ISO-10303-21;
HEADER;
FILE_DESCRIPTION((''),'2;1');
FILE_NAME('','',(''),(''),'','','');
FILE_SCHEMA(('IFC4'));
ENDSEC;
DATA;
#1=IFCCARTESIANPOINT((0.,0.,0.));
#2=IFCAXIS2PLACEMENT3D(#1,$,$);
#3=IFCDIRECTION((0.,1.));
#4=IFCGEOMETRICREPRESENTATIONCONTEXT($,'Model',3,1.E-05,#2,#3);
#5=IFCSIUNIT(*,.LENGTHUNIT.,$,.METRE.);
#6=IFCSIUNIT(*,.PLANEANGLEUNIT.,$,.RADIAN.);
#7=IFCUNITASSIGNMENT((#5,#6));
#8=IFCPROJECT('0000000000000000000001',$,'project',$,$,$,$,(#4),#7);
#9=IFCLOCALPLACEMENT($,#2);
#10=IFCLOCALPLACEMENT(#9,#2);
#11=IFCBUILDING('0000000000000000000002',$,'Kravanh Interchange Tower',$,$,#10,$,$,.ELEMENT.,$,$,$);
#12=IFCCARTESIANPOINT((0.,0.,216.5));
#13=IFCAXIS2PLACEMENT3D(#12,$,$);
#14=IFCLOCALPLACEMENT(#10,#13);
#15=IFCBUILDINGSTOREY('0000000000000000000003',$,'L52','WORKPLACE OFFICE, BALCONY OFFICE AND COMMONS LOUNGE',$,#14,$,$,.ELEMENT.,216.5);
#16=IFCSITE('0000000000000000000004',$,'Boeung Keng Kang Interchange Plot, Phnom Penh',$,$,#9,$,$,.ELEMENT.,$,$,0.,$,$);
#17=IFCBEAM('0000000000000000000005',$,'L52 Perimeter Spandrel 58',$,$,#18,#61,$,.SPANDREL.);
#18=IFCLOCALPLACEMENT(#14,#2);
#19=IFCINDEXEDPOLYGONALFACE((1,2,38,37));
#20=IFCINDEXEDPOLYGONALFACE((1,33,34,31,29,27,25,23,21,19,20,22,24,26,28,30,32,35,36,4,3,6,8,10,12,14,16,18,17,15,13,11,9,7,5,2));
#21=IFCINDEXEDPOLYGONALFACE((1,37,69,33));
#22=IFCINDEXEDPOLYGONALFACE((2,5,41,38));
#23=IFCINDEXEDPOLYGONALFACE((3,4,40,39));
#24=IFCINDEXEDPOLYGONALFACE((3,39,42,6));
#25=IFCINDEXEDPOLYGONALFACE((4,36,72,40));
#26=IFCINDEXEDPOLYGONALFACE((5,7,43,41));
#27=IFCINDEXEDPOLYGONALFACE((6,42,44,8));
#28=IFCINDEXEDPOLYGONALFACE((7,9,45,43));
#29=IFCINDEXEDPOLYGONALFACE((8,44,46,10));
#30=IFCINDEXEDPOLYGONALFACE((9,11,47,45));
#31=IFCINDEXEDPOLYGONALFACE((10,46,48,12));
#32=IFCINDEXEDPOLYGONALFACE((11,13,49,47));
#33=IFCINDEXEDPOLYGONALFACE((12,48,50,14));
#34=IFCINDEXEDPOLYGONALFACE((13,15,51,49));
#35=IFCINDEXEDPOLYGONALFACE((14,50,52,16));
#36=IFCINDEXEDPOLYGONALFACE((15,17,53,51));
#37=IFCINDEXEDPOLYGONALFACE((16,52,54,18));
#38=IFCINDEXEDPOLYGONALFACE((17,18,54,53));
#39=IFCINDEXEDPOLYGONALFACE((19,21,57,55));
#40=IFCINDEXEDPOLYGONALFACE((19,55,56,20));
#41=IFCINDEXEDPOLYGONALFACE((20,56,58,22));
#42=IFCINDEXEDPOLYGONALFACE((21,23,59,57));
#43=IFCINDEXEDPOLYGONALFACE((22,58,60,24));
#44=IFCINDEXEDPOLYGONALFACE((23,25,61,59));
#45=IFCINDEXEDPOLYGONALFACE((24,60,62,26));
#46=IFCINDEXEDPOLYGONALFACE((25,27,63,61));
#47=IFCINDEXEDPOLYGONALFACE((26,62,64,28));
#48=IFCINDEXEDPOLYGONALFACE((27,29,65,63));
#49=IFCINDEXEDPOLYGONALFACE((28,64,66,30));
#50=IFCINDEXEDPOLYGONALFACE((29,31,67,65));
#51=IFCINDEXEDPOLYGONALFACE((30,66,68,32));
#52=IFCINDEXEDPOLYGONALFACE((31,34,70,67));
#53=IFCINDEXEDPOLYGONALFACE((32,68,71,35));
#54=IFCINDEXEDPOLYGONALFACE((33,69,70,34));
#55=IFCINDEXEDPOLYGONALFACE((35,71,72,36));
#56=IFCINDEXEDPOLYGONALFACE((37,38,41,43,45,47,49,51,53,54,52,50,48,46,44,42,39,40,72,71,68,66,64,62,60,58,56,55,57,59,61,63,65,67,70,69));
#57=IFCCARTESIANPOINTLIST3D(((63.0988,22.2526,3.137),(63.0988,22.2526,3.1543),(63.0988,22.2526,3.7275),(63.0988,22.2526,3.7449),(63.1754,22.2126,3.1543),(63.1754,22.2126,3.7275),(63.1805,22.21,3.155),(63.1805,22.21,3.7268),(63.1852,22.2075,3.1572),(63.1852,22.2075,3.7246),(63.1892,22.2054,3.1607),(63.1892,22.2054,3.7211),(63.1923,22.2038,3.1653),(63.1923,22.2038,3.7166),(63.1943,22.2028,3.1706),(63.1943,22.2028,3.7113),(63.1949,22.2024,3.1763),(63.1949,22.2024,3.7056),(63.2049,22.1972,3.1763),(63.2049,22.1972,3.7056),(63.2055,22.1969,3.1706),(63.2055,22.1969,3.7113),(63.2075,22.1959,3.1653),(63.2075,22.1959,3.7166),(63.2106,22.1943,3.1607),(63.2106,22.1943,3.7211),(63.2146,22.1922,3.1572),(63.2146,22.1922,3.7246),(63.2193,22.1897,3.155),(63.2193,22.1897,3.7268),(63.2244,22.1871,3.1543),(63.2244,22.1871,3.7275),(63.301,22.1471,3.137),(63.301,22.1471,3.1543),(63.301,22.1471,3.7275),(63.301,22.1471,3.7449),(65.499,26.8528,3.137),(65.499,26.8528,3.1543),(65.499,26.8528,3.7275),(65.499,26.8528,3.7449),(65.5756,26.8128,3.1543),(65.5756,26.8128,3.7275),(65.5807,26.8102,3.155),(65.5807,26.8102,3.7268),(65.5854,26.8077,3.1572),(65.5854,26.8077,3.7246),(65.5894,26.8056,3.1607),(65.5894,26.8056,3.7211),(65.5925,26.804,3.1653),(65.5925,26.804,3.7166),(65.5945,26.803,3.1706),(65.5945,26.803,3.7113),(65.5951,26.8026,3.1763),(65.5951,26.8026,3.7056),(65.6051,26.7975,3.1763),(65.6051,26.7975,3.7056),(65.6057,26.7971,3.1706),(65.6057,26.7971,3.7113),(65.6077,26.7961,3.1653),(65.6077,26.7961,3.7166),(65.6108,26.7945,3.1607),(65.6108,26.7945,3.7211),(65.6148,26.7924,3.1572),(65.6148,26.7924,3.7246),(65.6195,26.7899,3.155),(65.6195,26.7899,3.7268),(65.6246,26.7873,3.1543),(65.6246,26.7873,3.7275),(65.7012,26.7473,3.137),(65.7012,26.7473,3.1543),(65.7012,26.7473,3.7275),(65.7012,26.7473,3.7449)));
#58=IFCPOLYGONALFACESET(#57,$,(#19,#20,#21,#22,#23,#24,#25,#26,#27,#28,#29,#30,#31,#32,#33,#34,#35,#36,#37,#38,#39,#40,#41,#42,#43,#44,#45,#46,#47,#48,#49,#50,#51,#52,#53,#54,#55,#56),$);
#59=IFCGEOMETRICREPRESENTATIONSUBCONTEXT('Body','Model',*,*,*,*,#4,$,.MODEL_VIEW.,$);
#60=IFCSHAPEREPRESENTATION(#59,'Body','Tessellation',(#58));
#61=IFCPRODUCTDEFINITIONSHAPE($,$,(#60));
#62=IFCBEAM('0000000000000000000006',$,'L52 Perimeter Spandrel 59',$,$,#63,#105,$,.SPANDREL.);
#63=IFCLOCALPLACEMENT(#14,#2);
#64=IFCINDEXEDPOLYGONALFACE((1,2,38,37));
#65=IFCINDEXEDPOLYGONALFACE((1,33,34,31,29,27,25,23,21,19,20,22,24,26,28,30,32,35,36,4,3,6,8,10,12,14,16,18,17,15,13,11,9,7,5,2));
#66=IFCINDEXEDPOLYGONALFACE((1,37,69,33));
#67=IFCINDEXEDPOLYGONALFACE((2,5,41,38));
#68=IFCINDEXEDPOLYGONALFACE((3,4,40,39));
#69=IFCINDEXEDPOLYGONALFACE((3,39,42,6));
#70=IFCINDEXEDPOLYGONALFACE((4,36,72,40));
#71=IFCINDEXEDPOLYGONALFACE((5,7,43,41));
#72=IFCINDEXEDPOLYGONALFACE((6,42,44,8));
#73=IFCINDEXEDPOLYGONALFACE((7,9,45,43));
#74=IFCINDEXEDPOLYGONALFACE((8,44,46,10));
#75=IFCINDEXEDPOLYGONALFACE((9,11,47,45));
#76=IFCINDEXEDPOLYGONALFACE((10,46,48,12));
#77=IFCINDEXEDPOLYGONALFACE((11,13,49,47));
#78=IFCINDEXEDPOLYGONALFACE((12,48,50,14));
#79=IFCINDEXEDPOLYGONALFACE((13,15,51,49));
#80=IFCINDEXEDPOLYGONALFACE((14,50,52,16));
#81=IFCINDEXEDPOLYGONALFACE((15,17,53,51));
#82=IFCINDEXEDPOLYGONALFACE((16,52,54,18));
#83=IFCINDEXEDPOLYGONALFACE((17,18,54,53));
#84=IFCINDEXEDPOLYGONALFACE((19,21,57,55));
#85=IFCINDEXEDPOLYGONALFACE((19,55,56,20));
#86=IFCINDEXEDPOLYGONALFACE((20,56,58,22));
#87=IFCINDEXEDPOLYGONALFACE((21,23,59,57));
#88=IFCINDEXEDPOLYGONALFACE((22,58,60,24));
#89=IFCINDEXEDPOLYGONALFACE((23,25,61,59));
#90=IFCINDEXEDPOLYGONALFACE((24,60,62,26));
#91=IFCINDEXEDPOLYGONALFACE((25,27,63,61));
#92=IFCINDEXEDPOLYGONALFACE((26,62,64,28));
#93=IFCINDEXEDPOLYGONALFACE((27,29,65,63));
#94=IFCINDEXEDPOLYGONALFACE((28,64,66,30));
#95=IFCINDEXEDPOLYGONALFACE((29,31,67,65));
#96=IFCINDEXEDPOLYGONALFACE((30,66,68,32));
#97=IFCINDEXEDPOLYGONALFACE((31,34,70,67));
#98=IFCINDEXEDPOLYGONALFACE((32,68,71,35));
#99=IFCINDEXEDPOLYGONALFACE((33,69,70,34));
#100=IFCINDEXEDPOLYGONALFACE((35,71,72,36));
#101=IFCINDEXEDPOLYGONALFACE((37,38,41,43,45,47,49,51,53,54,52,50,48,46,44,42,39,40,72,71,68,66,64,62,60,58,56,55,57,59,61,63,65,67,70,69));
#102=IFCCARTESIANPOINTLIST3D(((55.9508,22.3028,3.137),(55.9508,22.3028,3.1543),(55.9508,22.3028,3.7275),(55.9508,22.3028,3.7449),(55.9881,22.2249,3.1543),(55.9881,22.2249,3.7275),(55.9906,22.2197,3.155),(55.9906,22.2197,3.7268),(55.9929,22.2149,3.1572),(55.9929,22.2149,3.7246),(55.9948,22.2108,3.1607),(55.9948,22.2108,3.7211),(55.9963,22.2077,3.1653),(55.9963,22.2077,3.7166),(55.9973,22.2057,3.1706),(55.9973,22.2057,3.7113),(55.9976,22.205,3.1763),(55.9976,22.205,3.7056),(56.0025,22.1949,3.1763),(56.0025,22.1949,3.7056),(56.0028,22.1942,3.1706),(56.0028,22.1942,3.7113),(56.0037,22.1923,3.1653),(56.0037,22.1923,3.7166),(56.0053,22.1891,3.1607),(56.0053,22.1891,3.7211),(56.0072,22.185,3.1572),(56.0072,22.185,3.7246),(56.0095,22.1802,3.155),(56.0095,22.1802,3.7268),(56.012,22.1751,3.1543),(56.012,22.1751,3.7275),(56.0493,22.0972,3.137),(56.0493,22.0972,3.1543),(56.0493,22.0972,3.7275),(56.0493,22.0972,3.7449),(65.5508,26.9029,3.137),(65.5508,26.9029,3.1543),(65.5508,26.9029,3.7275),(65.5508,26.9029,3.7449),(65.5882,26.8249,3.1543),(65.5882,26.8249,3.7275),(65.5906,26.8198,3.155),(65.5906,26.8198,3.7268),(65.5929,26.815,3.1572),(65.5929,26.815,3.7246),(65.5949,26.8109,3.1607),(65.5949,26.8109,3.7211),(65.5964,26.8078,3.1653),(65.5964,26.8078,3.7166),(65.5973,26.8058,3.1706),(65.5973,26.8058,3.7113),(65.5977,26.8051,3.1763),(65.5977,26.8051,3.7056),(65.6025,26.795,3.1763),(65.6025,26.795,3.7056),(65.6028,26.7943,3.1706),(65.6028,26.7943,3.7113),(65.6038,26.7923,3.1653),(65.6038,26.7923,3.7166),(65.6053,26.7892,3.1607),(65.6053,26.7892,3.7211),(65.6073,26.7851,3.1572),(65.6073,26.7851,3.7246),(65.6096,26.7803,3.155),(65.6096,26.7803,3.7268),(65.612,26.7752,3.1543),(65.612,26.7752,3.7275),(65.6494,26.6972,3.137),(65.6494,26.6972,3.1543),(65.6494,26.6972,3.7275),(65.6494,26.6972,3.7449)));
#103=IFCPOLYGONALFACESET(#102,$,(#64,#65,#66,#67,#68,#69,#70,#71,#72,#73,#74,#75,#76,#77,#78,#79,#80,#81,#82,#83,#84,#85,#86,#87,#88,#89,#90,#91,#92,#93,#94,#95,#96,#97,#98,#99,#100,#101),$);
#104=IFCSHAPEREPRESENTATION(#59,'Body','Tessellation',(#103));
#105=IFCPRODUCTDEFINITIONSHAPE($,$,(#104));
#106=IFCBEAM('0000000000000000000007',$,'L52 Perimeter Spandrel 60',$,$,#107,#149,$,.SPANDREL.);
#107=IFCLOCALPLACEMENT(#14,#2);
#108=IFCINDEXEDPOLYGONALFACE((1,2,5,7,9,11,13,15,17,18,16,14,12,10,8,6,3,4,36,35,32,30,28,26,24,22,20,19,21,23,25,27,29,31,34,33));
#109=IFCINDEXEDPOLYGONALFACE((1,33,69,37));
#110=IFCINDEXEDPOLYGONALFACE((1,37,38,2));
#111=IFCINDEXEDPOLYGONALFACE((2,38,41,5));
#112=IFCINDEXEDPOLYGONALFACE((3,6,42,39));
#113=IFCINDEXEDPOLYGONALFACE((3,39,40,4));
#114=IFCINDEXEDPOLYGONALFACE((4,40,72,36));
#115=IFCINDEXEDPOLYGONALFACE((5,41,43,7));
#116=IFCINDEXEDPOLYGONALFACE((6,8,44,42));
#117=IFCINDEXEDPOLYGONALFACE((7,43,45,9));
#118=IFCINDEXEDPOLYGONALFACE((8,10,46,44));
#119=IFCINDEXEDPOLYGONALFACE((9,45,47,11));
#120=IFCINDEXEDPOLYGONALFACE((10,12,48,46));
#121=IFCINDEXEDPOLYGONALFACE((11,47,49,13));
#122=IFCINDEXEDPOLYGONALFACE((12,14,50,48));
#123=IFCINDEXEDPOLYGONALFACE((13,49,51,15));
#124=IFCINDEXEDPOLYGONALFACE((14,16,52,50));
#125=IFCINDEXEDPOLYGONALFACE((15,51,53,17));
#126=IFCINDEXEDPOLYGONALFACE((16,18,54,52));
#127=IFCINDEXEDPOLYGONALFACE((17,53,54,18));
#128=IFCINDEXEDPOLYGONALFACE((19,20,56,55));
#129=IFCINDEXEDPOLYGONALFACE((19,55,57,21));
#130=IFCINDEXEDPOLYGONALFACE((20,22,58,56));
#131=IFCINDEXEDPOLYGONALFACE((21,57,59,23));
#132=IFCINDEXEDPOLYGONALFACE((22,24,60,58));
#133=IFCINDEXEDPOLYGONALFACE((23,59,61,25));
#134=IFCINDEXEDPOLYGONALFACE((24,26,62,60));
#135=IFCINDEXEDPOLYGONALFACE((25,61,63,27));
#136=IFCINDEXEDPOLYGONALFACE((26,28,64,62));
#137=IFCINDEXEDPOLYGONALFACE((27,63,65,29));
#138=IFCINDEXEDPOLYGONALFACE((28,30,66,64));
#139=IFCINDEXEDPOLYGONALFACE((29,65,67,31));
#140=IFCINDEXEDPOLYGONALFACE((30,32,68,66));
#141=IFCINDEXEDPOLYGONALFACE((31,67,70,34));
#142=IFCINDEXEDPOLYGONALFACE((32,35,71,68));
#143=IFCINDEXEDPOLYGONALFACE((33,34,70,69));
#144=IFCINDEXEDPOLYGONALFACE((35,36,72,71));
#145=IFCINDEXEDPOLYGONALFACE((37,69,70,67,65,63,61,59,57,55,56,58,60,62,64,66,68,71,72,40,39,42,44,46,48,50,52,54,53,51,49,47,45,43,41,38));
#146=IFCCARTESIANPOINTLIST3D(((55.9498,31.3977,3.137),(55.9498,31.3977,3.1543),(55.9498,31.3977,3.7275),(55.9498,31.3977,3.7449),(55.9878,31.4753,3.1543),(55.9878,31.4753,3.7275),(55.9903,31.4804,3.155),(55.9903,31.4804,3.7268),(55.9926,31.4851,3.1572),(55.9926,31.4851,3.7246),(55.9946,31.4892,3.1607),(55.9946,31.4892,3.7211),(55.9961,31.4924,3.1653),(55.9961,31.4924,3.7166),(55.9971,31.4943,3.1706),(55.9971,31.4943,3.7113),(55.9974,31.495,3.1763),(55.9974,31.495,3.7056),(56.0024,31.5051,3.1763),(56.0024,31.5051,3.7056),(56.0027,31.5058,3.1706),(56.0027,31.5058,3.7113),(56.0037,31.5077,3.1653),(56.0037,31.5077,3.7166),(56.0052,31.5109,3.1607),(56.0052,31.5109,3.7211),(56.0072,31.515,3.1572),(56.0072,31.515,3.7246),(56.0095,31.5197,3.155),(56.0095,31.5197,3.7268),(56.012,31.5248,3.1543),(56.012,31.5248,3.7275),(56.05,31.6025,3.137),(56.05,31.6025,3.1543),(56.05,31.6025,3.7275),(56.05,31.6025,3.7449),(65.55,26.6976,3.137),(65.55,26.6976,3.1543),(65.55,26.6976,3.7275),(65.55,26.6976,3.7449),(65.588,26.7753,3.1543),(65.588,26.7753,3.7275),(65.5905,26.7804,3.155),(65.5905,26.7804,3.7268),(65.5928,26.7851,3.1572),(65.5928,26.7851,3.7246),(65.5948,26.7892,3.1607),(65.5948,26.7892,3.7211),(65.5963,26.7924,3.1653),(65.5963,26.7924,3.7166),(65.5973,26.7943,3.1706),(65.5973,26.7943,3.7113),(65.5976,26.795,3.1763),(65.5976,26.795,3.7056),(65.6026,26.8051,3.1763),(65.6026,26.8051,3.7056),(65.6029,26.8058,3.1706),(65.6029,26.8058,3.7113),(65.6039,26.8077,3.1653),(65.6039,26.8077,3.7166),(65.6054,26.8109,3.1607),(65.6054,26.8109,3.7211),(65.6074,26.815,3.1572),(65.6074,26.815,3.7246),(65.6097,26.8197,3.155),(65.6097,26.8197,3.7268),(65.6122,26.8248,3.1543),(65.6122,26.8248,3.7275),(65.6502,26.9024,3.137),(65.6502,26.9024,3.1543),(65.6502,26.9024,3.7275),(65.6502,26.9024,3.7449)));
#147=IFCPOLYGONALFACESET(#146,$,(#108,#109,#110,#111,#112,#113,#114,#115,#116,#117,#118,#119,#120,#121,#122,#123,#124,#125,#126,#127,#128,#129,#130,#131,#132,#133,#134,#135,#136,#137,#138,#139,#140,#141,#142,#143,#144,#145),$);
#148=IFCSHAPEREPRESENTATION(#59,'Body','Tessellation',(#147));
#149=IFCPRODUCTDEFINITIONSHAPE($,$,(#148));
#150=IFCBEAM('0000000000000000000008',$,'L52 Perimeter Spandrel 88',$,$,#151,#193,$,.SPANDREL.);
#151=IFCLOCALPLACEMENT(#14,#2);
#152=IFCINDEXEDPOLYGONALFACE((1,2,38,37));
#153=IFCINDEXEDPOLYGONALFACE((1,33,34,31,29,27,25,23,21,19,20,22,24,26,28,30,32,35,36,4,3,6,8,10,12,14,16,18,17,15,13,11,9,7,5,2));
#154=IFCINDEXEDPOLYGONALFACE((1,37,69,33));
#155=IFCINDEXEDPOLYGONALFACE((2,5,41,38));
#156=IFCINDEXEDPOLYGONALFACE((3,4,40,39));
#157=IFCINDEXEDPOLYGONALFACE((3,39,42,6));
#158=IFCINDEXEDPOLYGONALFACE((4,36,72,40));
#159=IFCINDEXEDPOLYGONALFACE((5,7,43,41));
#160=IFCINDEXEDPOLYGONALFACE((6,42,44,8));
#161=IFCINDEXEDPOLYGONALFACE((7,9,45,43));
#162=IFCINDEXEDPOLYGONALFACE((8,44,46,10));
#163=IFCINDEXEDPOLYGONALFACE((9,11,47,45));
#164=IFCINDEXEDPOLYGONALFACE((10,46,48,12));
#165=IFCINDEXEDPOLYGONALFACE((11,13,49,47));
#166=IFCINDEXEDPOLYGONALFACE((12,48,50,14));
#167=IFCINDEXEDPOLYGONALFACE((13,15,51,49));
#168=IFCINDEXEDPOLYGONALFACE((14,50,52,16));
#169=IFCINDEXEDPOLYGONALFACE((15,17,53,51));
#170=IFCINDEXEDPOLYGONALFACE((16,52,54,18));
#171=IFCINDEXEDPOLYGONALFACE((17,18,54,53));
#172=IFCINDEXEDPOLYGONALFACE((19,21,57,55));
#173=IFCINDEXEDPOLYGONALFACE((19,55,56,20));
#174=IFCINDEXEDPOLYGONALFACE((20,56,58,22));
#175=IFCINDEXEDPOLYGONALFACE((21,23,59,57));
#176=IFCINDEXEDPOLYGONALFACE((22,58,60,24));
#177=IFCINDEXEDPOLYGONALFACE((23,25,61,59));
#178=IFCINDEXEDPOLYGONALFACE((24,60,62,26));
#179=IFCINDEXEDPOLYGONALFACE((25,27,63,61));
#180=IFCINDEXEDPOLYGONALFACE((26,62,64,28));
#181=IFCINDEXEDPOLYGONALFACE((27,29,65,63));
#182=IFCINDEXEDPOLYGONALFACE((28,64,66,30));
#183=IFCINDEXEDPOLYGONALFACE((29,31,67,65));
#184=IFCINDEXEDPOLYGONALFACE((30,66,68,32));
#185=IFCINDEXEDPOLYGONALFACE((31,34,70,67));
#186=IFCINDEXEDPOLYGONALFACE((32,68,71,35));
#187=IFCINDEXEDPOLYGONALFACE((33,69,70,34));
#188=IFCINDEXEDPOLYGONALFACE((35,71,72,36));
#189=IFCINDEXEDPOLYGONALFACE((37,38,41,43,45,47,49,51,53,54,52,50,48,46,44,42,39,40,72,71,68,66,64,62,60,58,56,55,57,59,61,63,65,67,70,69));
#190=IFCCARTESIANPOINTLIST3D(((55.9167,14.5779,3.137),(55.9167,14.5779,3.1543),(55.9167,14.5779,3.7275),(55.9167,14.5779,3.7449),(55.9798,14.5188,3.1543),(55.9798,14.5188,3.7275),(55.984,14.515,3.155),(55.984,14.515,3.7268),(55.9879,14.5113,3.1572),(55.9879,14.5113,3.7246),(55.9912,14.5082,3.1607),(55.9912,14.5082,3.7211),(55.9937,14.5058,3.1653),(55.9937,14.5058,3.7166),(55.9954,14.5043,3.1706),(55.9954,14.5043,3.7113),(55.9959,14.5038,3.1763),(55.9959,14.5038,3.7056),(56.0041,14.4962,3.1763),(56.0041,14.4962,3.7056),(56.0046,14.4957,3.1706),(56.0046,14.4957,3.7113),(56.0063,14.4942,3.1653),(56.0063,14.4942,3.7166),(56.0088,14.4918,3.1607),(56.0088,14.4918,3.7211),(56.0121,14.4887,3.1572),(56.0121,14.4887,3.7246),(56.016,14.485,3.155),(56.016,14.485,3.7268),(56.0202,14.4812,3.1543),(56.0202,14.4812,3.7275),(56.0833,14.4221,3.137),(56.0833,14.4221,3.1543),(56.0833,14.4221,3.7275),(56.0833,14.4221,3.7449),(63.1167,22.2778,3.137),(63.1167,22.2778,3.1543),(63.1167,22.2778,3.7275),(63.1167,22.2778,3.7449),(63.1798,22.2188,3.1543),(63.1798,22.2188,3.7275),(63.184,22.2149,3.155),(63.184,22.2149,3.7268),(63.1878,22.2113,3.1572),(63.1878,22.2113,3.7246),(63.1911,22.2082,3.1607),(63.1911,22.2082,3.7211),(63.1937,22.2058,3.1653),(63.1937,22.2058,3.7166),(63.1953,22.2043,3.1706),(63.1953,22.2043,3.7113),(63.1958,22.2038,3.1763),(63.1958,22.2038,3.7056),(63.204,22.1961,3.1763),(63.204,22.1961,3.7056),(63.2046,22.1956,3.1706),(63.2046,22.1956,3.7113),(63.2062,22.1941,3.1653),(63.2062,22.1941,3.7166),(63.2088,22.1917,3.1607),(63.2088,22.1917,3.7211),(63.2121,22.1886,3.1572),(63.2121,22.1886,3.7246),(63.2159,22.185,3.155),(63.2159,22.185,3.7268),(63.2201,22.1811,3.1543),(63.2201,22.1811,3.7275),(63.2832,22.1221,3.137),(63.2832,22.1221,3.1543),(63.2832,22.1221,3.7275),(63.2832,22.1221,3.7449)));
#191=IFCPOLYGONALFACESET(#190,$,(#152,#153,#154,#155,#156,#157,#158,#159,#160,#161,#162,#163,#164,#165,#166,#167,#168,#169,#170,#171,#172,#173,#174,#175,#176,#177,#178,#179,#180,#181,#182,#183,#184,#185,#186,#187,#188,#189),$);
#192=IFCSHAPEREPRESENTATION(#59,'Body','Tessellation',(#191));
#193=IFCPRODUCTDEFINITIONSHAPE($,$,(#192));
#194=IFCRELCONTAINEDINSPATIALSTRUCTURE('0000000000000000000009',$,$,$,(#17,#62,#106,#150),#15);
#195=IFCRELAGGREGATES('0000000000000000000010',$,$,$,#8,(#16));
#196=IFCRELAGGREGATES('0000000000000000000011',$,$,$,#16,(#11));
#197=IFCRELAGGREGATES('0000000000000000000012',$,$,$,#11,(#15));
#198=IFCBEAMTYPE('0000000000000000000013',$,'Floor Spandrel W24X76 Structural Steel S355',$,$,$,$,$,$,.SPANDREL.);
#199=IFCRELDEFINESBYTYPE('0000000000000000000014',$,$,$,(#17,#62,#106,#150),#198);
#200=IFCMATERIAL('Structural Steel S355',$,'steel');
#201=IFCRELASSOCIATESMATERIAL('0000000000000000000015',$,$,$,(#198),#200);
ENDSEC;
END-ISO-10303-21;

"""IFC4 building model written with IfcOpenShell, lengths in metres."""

from ifc_helpers import new_model, si_unit, direction, frame, origin, origin_2d, place, context, subcontext, project, spatial, i_section, extrude, material, material_profile, profile_set, type_object, element, save


model = new_model("IFC4")

# Units and contexts
model_context = context("Model", 3, precision=1e-05, world=origin(), true_north=direction((0.0, 1.0)))
body_context = subcontext(model_context, "Body", "Model", "MODEL_VIEW")
ifc_project = project(units=[si_unit("LENGTHUNIT", "METRE"), si_unit("PLANEANGLEUNIT", "RADIAN")], contexts=[model_context])

# Site, building, storey
site_placement = place(None, origin())
site = spatial("IfcSite", under=ifc_project, at=site_placement, Name="Boeung Keng Kang Interchange Plot, Phnom Penh", CompositionType="ELEMENT", RefElevation=0.0)
building_placement = place(site_placement, origin())
building = spatial("IfcBuilding", under=site, at=building_placement, Name="Kravanh Interchange Tower", CompositionType="ELEMENT")
storey_placement = place(building_placement, frame((0.0, 0.0, 216.5)))
storey = spatial("IfcBuildingStorey", under=building, at=storey_placement, Name="L52", Description="WORKPLACE OFFICE, BALCONY OFFICE AND COMMONS LOUNGE", CompositionType="ELEMENT", Elevation=216.5)

# Beams
ifc_material_1 = material(Name="Structural Steel S355", Category="steel")
ifc_material_profile_1 = material_profile(ifc_material_1, i_section(OverallWidth=0.228, OverallDepth=0.6079, WebThickness=0.0112, FlangeThickness=0.0173, FilletRadius=0.022, at=origin_2d()), Name="W24X76")
ifc_profile_set_1 = profile_set([ifc_material_profile_1], Name="Structural Steel S355")
beam_type_1 = type_object("IfcBeamType", Name="Floor Spandrel W24X76 Structural Steel S355", PredefinedType="SPANDREL", material=ifc_profile_set_1)
beam_1_placement = place(storey_placement, frame((65.6001, 26.8, 3.4409), z_axis=(-0.46258, -0.886577, 0.0), x_axis=(0.886577, -0.46258, 0.0)))
element("IfcBeam", 1, at=beam_1_placement, inside=storey, type_object=beam_type_1, Name="L52 Perimeter Spandrel 58", PredefinedType="SPANDREL", context=body_context, shape_type="SweptSolid", body=[
    extrude(i_section(OverallWidth=0.228, OverallDepth=0.6079, WebThickness=0.0112, FlangeThickness=0.0173, FilletRadius=0.022, at=origin_2d()), origin(), (0.0, 0.0, 1.0), 5.1887),
])
beam_2_placement = place(storey_placement, frame((65.6001, 26.8, 3.4409), z_axis=(-0.901814, -0.432124, 0.0), x_axis=(0.432124, -0.901814, 0.0)))
element("IfcBeam", 2, at=beam_2_placement, inside=storey, type_object=beam_type_1, Name="L52 Perimeter Spandrel 59", PredefinedType="SPANDREL", context=body_context, shape_type="SweptSolid", body=[
    extrude(i_section(OverallWidth=0.228, OverallDepth=0.6079, WebThickness=0.0112, FlangeThickness=0.0173, FilletRadius=0.022, at=origin_2d()), origin(), (0.0, 0.0, 1.0), 10.6453),
])
beam_3_placement = place(storey_placement, frame((65.6001, 26.8, 3.4409), z_axis=(-0.898142, 0.439706, 0.0), x_axis=(-0.439706, -0.898142, 0.0)))
element("IfcBeam", 3, at=beam_3_placement, inside=storey, type_object=beam_type_1, Name="L52 Perimeter Spandrel 60", PredefinedType="SPANDREL", context=body_context, shape_type="SweptSolid", body=[
    extrude(i_section(OverallWidth=0.228, OverallDepth=0.6079, WebThickness=0.0112, FlangeThickness=0.0173, FilletRadius=0.022, at=origin_2d()), origin(), (0.0, 0.0, 1.0), 10.689),
])
for number, where, z_axis, x_axis, name in (
    (4, (56.0, 14.5, 3.4409), (0.682994, 0.730424, 0.0), (-0.730424, 0.682994, 0.0), "L52 Perimeter Spandrel 88"),
):
    element("IfcBeam", number, at=place(storey_placement, frame(where, z_axis=z_axis, x_axis=x_axis)), inside=storey, type_object=beam_type_1, Name=name, PredefinedType="SPANDREL", context=body_context, shape_type="SweptSolid", body=[
        extrude(i_section(OverallWidth=0.228, OverallDepth=0.6079, WebThickness=0.0112, FlangeThickness=0.0173, FilletRadius=0.022, at=origin_2d()), origin(), (0.0, 0.0, 1.0), 10.5417),
    ])

save(model, "model.ifc")
